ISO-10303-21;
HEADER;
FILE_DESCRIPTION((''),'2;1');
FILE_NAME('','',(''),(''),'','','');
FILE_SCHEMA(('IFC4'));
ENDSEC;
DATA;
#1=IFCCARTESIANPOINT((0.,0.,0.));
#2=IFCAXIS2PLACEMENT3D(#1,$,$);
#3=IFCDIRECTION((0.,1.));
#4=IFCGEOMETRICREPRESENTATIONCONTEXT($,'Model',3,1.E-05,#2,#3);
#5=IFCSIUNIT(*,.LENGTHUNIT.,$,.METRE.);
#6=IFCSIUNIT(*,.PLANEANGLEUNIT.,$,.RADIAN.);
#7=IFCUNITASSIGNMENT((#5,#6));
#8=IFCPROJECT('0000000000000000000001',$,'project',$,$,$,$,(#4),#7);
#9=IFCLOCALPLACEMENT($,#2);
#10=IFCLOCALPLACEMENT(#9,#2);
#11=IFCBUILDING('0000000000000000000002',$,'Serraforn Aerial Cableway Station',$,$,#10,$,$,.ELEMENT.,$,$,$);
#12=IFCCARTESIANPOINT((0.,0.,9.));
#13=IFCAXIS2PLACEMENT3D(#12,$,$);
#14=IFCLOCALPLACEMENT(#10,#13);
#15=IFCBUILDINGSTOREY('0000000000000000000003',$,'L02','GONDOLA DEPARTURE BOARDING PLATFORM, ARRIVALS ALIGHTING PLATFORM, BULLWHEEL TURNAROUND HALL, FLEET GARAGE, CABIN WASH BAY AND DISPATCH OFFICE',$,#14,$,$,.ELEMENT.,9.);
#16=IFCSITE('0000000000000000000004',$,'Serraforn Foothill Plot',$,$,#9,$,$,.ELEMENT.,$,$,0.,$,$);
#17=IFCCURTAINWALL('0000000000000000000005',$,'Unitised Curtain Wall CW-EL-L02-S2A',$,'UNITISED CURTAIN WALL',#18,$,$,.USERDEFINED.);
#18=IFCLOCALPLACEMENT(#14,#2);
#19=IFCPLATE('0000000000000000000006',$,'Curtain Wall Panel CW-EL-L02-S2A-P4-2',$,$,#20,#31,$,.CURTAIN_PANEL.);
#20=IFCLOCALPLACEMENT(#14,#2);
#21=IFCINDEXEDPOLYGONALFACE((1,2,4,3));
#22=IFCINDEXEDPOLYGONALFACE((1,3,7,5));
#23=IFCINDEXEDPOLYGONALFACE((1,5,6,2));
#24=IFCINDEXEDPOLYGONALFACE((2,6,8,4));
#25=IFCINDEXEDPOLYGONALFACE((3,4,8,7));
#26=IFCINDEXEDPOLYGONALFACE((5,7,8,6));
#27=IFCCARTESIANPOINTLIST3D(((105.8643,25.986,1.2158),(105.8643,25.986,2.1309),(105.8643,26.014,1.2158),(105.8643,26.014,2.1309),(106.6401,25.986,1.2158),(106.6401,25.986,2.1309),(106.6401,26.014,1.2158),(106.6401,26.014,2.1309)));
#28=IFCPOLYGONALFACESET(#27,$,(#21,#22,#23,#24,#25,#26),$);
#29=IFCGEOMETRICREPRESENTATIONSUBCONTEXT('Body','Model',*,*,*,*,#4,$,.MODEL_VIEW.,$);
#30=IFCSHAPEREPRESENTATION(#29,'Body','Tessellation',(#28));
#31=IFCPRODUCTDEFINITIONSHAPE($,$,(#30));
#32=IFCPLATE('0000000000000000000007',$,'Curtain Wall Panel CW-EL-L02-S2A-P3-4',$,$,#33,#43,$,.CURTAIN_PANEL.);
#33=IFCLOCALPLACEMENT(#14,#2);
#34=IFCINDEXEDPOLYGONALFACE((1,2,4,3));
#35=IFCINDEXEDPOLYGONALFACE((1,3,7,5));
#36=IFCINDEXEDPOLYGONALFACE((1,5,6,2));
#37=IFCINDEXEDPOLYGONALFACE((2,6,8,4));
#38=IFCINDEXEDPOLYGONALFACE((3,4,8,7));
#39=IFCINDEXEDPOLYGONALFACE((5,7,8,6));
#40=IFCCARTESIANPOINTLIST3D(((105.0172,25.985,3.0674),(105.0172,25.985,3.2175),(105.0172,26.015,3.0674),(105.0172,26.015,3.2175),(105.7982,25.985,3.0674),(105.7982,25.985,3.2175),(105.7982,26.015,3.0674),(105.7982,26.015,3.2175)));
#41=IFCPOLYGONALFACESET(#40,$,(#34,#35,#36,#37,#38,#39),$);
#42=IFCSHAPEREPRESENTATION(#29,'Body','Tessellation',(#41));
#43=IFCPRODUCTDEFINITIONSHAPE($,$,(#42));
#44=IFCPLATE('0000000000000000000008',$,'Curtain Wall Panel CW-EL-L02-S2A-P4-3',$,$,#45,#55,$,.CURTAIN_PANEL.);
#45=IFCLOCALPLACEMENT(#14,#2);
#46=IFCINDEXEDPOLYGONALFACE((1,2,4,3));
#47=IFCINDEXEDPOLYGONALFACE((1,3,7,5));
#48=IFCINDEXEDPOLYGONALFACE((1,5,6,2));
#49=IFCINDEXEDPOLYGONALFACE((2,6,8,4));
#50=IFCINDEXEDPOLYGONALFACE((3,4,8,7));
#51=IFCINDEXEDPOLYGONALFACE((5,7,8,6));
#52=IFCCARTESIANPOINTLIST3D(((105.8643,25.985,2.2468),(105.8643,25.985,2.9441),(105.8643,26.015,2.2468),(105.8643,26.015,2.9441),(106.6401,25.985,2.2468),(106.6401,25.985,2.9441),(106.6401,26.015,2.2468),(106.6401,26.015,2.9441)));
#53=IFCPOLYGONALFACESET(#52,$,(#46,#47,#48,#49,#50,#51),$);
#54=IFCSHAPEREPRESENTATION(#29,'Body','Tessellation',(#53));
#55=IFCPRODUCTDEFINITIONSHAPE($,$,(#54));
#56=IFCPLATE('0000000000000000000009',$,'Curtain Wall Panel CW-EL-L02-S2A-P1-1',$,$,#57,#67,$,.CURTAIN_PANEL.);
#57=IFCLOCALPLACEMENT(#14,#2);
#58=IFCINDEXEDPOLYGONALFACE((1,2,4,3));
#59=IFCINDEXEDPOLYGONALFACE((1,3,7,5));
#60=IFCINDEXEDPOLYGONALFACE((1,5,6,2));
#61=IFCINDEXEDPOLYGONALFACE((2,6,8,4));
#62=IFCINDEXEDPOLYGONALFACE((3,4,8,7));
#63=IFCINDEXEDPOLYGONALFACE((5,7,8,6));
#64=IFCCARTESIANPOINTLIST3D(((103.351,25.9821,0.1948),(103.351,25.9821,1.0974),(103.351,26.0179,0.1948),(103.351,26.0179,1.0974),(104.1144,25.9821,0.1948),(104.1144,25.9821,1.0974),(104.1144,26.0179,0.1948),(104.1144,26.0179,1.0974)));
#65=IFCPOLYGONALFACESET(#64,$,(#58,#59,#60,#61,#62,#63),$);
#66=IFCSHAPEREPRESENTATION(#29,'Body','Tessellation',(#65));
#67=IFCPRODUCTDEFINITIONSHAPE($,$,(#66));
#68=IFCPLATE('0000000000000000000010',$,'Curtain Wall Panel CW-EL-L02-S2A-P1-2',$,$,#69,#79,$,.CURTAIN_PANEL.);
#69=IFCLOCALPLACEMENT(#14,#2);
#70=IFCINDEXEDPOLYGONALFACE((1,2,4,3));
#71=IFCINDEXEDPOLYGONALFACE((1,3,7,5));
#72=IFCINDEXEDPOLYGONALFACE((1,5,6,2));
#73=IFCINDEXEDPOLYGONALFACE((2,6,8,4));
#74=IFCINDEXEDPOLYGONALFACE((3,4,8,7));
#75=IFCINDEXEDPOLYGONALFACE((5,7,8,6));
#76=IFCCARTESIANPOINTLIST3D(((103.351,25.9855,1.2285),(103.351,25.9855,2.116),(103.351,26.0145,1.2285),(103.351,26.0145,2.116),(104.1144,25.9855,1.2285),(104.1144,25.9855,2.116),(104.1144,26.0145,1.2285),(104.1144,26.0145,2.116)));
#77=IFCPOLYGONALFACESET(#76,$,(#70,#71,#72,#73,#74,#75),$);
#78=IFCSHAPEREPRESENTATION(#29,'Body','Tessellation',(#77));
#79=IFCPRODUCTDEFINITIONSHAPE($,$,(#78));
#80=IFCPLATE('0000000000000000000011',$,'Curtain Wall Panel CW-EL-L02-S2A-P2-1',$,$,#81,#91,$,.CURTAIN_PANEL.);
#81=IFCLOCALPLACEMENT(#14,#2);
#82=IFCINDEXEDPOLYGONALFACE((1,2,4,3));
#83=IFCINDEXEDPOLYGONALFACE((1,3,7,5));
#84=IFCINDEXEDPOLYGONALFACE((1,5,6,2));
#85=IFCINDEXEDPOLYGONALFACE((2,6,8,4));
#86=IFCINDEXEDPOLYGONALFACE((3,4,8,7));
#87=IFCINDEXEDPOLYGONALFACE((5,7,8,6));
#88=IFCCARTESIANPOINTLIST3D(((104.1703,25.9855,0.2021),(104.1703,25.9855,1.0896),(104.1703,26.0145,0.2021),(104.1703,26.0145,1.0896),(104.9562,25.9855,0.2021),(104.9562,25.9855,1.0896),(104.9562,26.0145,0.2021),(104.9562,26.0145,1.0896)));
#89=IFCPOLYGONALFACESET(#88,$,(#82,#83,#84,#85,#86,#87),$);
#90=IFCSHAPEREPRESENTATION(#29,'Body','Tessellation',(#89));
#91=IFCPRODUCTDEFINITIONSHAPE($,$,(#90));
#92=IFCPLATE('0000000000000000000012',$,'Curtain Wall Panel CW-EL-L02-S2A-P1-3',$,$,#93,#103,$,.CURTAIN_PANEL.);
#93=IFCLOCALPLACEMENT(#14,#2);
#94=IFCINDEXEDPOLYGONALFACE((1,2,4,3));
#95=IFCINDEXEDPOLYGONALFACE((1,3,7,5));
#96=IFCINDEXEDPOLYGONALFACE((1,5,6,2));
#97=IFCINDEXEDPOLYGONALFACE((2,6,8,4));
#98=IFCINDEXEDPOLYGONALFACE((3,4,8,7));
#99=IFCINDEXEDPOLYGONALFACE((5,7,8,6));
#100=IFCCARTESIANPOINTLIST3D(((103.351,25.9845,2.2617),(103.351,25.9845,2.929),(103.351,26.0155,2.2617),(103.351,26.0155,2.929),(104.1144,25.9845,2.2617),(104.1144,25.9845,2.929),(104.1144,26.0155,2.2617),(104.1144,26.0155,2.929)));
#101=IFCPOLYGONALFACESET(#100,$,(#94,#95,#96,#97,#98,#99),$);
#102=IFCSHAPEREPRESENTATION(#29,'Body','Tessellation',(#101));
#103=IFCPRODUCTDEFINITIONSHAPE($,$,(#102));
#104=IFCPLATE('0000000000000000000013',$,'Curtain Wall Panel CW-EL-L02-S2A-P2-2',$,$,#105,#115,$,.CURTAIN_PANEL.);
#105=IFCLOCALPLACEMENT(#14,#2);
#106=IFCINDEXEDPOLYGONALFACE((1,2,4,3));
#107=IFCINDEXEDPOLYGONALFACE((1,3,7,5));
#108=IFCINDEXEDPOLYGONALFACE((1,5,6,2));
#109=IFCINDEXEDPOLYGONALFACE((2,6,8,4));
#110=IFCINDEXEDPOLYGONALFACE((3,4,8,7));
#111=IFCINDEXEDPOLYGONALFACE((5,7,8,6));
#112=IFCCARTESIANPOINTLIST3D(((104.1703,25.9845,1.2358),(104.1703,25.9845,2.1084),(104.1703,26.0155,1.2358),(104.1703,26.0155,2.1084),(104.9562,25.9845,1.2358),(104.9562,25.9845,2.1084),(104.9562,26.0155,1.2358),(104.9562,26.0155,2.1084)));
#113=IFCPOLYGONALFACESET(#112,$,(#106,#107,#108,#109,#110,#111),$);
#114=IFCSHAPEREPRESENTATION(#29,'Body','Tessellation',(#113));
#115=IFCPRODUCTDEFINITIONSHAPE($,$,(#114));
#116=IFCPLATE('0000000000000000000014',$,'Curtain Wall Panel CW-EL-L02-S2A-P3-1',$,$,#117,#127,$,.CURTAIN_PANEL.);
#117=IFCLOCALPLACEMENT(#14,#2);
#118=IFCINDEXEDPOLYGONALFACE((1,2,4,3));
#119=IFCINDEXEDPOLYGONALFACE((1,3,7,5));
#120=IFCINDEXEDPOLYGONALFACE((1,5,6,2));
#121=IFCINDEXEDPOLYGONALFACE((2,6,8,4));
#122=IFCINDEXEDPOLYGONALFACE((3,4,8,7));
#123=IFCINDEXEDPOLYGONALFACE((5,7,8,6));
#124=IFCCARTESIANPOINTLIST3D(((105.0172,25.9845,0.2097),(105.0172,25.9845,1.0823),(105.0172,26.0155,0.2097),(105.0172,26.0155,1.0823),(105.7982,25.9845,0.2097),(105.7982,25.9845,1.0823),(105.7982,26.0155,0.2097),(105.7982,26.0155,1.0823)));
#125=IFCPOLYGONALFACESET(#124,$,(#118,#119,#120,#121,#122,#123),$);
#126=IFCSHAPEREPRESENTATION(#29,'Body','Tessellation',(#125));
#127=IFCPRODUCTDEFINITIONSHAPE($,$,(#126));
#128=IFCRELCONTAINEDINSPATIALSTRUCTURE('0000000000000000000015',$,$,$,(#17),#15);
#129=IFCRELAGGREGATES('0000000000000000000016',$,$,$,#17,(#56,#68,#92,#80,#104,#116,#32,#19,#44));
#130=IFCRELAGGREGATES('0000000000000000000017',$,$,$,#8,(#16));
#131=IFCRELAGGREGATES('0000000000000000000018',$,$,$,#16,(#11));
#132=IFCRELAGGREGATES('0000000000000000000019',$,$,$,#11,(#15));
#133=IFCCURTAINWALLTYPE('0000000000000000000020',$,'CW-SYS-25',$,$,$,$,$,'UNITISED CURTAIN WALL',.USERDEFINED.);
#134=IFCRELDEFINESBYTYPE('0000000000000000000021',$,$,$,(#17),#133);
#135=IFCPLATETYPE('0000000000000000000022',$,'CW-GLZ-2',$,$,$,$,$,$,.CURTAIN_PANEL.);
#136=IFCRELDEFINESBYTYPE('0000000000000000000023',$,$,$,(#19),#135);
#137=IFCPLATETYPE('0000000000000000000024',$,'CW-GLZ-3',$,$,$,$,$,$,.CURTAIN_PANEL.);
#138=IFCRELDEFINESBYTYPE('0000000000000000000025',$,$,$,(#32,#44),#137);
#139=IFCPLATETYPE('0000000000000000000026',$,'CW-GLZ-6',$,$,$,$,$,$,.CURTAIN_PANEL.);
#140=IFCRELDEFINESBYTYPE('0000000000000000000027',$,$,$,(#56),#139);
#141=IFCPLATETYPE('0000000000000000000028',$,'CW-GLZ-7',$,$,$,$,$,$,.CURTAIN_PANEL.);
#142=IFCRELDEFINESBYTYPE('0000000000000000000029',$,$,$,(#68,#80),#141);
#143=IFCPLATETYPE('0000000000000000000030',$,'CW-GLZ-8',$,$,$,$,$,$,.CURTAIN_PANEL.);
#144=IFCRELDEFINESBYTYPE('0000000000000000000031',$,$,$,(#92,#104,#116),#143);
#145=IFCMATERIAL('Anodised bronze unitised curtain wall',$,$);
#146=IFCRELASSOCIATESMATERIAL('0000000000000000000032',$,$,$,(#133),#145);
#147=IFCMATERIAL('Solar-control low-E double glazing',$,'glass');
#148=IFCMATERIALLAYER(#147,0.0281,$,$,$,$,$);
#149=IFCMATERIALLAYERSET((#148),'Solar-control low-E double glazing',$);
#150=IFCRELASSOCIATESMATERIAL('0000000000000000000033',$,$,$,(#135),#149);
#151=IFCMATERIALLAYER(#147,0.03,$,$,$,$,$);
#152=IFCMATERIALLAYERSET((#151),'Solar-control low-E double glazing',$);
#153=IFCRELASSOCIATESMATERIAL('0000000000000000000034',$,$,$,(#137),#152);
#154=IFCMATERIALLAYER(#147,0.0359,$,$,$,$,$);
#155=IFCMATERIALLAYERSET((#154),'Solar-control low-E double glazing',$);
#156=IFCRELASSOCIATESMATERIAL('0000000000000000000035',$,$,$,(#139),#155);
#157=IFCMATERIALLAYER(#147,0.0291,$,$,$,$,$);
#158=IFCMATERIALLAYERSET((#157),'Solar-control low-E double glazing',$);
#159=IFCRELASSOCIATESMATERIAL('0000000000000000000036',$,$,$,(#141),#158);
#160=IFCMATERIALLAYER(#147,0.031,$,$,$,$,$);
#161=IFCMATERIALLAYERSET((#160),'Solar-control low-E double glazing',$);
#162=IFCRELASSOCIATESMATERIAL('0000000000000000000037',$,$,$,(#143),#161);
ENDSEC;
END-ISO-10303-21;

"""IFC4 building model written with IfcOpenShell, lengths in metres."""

from ifc_helpers import new_model, si_unit, direction, frame, origin, origin_2d, place, context, subcontext, project, spatial, rectangle, extrude, material, layer, layer_set, type_object, element, aggregate, save


model = new_model("IFC4")

# Units and contexts
model_context = context("Model", 3, precision=1e-05, world=origin(), true_north=direction((0.0, 1.0)))
body_context = subcontext(model_context, "Body", "Model", "MODEL_VIEW")
ifc_project = project(units=[si_unit("LENGTHUNIT", "METRE"), si_unit("PLANEANGLEUNIT", "RADIAN")], contexts=[model_context])

# Site, building, storey
site_placement = place(None, origin())
site = spatial("IfcSite", under=ifc_project, at=site_placement, Name="Serraforn Foothill Plot", CompositionType="ELEMENT", RefElevation=0.0)
building_placement = place(site_placement, origin())
building = spatial("IfcBuilding", under=site, at=building_placement, Name="Serraforn Aerial Cableway Station", CompositionType="ELEMENT")
storey_placement = place(building_placement, frame((0.0, 0.0, 9.0)))
storey = spatial("IfcBuildingStorey", under=building, at=storey_placement, Name="L02", Description="GONDOLA DEPARTURE BOARDING PLATFORM, ARRIVALS ALIGHTING PLATFORM, BULLWHEEL TURNAROUND HALL, FLEET GARAGE, CABIN WASH BAY AND DISPATCH OFFICE", CompositionType="ELEMENT", Elevation=9.0)

# Curtain wall, plates
ifc_material_1 = material(Name="Anodised bronze unitised curtain wall")
curtain_wall_type = type_object("IfcCurtainWallType", Name="CW-SYS-25", ElementType="UNITISED CURTAIN WALL", PredefinedType="USERDEFINED", material=ifc_material_1)
curtain_wall_placement = place(storey_placement, origin())
curtain_wall = element("IfcCurtainWall", 1, at=curtain_wall_placement, inside=storey, type_object=curtain_wall_type, Name="Unitised Curtain Wall CW-EL-L02-S2A", ObjectType="UNITISED CURTAIN WALL", PredefinedType="USERDEFINED")
ifc_material_2 = material(Name="Solar-control low-E double glazing", Category="glass")
ifc_layer_1 = layer(ifc_material_2, 0.0281)
ifc_layer_set_1 = layer_set([ifc_layer_1], Name="Solar-control low-E double glazing")
plate_type_1 = type_object("IfcPlateType", Name="CW-GLZ-2", PredefinedType="CURTAIN_PANEL", material=ifc_layer_set_1)
plate_1_placement = place(storey_placement, frame((106.2522, 26.0, 1.2158), z_axis=(0.0, 0.0, 1.0), x_axis=(1.0, 0.0, 0.0)))
plate_1 = element("IfcPlate", 2, at=plate_1_placement, type_object=plate_type_1, Name="Curtain Wall Panel CW-EL-L02-S2A-P4-2", PredefinedType="CURTAIN_PANEL", context=body_context, shape_type="SweptSolid", body=[
    extrude(rectangle(XDim=0.7759, YDim=0.0281, at=origin_2d()), origin(), (0.0, 0.0, 1.0), 0.915),
])
ifc_layer_2 = layer(ifc_material_2, 0.03)
ifc_layer_set_2 = layer_set([ifc_layer_2], Name="Solar-control low-E double glazing")
plate_type_2 = type_object("IfcPlateType", Name="CW-GLZ-3", PredefinedType="CURTAIN_PANEL", material=ifc_layer_set_2)
plate_2_placement = place(storey_placement, frame((105.4077, 26.0, 3.0674), z_axis=(0.0, 0.0, 1.0), x_axis=(1.0, 0.0, 0.0)))
plate_2 = element("IfcPlate", 3, at=plate_2_placement, type_object=plate_type_2, Name="Curtain Wall Panel CW-EL-L02-S2A-P3-4", PredefinedType="CURTAIN_PANEL", context=body_context, shape_type="SweptSolid", body=[
    extrude(rectangle(XDim=0.781, YDim=0.03, at=origin_2d()), origin(), (0.0, 0.0, 1.0), 0.1501),
])
plate_3_placement = place(storey_placement, frame((106.2522, 26.0, 2.2468), z_axis=(0.0, 0.0, 1.0), x_axis=(1.0, 0.0, 0.0)))
plate_3 = element("IfcPlate", 4, at=plate_3_placement, type_object=plate_type_2, Name="Curtain Wall Panel CW-EL-L02-S2A-P4-3", PredefinedType="CURTAIN_PANEL", context=body_context, shape_type="SweptSolid", body=[
    extrude(rectangle(XDim=0.7759, YDim=0.03, at=origin_2d()), origin(), (0.0, 0.0, 1.0), 0.6973),
])
ifc_layer_3 = layer(ifc_material_2, 0.0359)
ifc_layer_set_3 = layer_set([ifc_layer_3], Name="Solar-control low-E double glazing")
plate_type_3 = type_object("IfcPlateType", Name="CW-GLZ-6", PredefinedType="CURTAIN_PANEL", material=ifc_layer_set_3)
plate_4_placement = place(storey_placement, frame((103.7327, 26.0, 0.1948), z_axis=(0.0, 0.0, 1.0), x_axis=(1.0, 0.0, 0.0)))
plate_4 = element("IfcPlate", 5, at=plate_4_placement, type_object=plate_type_3, Name="Curtain Wall Panel CW-EL-L02-S2A-P1-1", PredefinedType="CURTAIN_PANEL", context=body_context, shape_type="SweptSolid", body=[
    extrude(rectangle(XDim=0.7634, YDim=0.0359, at=origin_2d()), origin(), (0.0, 0.0, 1.0), 0.9026),
])
ifc_layer_4 = layer(ifc_material_2, 0.0291)
ifc_layer_set_4 = layer_set([ifc_layer_4], Name="Solar-control low-E double glazing")
plate_type_4 = type_object("IfcPlateType", Name="CW-GLZ-7", PredefinedType="CURTAIN_PANEL", material=ifc_layer_set_4)
plate_5_placement = place(storey_placement, frame((103.7327, 26.0, 1.2285), z_axis=(0.0, 0.0, 1.0), x_axis=(1.0, 0.0, 0.0)))
plate_5 = element("IfcPlate", 6, at=plate_5_placement, type_object=plate_type_4, Name="Curtain Wall Panel CW-EL-L02-S2A-P1-2", PredefinedType="CURTAIN_PANEL", context=body_context, shape_type="SweptSolid", body=[
    extrude(rectangle(XDim=0.7634, YDim=0.0291, at=origin_2d()), origin(), (0.0, 0.0, 1.0), 0.8875),
])
plate_6_placement = place(storey_placement, frame((104.5632, 26.0, 0.2021), z_axis=(0.0, 0.0, 1.0), x_axis=(1.0, 0.0, 0.0)))
plate_6 = element("IfcPlate", 7, at=plate_6_placement, type_object=plate_type_4, Name="Curtain Wall Panel CW-EL-L02-S2A-P2-1", PredefinedType="CURTAIN_PANEL", context=body_context, shape_type="SweptSolid", body=[
    extrude(rectangle(XDim=0.7859, YDim=0.0291, at=origin_2d()), origin(), (0.0, 0.0, 1.0), 0.8875),
])
ifc_layer_5 = layer(ifc_material_2, 0.031)
ifc_layer_set_5 = layer_set([ifc_layer_5], Name="Solar-control low-E double glazing")
plate_type_5 = type_object("IfcPlateType", Name="CW-GLZ-8", PredefinedType="CURTAIN_PANEL", material=ifc_layer_set_5)
plate_7_placement = place(storey_placement, frame((103.7327, 26.0, 2.2617), z_axis=(0.0, 0.0, 1.0), x_axis=(1.0, 0.0, 0.0)))
plate_7 = element("IfcPlate", 8, at=plate_7_placement, type_object=plate_type_5, Name="Curtain Wall Panel CW-EL-L02-S2A-P1-3", PredefinedType="CURTAIN_PANEL", context=body_context, shape_type="SweptSolid", body=[
    extrude(rectangle(XDim=0.7634, YDim=0.031, at=origin_2d()), origin(), (0.0, 0.0, 1.0), 0.6672),
])
plate_8_placement = place(storey_placement, frame((104.5632, 26.0, 1.2358), z_axis=(0.0, 0.0, 1.0), x_axis=(1.0, 0.0, 0.0)))
plate_8 = element("IfcPlate", 9, at=plate_8_placement, type_object=plate_type_5, Name="Curtain Wall Panel CW-EL-L02-S2A-P2-2", PredefinedType="CURTAIN_PANEL", context=body_context, shape_type="SweptSolid", body=[
    extrude(rectangle(XDim=0.7859, YDim=0.031, at=origin_2d()), origin(), (0.0, 0.0, 1.0), 0.8726),
])
plate_9_placement = place(storey_placement, frame((105.4077, 26.0, 0.2097), z_axis=(0.0, 0.0, 1.0), x_axis=(1.0, 0.0, 0.0)))
plate_9 = element("IfcPlate", 10, at=plate_9_placement, type_object=plate_type_5, Name="Curtain Wall Panel CW-EL-L02-S2A-P3-1", PredefinedType="CURTAIN_PANEL", context=body_context, shape_type="SweptSolid", body=[
    extrude(rectangle(XDim=0.781, YDim=0.031, at=origin_2d()), origin(), (0.0, 0.0, 1.0), 0.8726),
])
aggregate(curtain_wall, [plate_4, plate_5, plate_7, plate_6, plate_8, plate_9, plate_2, plate_1, plate_3])

save(model, "model.ifc")
